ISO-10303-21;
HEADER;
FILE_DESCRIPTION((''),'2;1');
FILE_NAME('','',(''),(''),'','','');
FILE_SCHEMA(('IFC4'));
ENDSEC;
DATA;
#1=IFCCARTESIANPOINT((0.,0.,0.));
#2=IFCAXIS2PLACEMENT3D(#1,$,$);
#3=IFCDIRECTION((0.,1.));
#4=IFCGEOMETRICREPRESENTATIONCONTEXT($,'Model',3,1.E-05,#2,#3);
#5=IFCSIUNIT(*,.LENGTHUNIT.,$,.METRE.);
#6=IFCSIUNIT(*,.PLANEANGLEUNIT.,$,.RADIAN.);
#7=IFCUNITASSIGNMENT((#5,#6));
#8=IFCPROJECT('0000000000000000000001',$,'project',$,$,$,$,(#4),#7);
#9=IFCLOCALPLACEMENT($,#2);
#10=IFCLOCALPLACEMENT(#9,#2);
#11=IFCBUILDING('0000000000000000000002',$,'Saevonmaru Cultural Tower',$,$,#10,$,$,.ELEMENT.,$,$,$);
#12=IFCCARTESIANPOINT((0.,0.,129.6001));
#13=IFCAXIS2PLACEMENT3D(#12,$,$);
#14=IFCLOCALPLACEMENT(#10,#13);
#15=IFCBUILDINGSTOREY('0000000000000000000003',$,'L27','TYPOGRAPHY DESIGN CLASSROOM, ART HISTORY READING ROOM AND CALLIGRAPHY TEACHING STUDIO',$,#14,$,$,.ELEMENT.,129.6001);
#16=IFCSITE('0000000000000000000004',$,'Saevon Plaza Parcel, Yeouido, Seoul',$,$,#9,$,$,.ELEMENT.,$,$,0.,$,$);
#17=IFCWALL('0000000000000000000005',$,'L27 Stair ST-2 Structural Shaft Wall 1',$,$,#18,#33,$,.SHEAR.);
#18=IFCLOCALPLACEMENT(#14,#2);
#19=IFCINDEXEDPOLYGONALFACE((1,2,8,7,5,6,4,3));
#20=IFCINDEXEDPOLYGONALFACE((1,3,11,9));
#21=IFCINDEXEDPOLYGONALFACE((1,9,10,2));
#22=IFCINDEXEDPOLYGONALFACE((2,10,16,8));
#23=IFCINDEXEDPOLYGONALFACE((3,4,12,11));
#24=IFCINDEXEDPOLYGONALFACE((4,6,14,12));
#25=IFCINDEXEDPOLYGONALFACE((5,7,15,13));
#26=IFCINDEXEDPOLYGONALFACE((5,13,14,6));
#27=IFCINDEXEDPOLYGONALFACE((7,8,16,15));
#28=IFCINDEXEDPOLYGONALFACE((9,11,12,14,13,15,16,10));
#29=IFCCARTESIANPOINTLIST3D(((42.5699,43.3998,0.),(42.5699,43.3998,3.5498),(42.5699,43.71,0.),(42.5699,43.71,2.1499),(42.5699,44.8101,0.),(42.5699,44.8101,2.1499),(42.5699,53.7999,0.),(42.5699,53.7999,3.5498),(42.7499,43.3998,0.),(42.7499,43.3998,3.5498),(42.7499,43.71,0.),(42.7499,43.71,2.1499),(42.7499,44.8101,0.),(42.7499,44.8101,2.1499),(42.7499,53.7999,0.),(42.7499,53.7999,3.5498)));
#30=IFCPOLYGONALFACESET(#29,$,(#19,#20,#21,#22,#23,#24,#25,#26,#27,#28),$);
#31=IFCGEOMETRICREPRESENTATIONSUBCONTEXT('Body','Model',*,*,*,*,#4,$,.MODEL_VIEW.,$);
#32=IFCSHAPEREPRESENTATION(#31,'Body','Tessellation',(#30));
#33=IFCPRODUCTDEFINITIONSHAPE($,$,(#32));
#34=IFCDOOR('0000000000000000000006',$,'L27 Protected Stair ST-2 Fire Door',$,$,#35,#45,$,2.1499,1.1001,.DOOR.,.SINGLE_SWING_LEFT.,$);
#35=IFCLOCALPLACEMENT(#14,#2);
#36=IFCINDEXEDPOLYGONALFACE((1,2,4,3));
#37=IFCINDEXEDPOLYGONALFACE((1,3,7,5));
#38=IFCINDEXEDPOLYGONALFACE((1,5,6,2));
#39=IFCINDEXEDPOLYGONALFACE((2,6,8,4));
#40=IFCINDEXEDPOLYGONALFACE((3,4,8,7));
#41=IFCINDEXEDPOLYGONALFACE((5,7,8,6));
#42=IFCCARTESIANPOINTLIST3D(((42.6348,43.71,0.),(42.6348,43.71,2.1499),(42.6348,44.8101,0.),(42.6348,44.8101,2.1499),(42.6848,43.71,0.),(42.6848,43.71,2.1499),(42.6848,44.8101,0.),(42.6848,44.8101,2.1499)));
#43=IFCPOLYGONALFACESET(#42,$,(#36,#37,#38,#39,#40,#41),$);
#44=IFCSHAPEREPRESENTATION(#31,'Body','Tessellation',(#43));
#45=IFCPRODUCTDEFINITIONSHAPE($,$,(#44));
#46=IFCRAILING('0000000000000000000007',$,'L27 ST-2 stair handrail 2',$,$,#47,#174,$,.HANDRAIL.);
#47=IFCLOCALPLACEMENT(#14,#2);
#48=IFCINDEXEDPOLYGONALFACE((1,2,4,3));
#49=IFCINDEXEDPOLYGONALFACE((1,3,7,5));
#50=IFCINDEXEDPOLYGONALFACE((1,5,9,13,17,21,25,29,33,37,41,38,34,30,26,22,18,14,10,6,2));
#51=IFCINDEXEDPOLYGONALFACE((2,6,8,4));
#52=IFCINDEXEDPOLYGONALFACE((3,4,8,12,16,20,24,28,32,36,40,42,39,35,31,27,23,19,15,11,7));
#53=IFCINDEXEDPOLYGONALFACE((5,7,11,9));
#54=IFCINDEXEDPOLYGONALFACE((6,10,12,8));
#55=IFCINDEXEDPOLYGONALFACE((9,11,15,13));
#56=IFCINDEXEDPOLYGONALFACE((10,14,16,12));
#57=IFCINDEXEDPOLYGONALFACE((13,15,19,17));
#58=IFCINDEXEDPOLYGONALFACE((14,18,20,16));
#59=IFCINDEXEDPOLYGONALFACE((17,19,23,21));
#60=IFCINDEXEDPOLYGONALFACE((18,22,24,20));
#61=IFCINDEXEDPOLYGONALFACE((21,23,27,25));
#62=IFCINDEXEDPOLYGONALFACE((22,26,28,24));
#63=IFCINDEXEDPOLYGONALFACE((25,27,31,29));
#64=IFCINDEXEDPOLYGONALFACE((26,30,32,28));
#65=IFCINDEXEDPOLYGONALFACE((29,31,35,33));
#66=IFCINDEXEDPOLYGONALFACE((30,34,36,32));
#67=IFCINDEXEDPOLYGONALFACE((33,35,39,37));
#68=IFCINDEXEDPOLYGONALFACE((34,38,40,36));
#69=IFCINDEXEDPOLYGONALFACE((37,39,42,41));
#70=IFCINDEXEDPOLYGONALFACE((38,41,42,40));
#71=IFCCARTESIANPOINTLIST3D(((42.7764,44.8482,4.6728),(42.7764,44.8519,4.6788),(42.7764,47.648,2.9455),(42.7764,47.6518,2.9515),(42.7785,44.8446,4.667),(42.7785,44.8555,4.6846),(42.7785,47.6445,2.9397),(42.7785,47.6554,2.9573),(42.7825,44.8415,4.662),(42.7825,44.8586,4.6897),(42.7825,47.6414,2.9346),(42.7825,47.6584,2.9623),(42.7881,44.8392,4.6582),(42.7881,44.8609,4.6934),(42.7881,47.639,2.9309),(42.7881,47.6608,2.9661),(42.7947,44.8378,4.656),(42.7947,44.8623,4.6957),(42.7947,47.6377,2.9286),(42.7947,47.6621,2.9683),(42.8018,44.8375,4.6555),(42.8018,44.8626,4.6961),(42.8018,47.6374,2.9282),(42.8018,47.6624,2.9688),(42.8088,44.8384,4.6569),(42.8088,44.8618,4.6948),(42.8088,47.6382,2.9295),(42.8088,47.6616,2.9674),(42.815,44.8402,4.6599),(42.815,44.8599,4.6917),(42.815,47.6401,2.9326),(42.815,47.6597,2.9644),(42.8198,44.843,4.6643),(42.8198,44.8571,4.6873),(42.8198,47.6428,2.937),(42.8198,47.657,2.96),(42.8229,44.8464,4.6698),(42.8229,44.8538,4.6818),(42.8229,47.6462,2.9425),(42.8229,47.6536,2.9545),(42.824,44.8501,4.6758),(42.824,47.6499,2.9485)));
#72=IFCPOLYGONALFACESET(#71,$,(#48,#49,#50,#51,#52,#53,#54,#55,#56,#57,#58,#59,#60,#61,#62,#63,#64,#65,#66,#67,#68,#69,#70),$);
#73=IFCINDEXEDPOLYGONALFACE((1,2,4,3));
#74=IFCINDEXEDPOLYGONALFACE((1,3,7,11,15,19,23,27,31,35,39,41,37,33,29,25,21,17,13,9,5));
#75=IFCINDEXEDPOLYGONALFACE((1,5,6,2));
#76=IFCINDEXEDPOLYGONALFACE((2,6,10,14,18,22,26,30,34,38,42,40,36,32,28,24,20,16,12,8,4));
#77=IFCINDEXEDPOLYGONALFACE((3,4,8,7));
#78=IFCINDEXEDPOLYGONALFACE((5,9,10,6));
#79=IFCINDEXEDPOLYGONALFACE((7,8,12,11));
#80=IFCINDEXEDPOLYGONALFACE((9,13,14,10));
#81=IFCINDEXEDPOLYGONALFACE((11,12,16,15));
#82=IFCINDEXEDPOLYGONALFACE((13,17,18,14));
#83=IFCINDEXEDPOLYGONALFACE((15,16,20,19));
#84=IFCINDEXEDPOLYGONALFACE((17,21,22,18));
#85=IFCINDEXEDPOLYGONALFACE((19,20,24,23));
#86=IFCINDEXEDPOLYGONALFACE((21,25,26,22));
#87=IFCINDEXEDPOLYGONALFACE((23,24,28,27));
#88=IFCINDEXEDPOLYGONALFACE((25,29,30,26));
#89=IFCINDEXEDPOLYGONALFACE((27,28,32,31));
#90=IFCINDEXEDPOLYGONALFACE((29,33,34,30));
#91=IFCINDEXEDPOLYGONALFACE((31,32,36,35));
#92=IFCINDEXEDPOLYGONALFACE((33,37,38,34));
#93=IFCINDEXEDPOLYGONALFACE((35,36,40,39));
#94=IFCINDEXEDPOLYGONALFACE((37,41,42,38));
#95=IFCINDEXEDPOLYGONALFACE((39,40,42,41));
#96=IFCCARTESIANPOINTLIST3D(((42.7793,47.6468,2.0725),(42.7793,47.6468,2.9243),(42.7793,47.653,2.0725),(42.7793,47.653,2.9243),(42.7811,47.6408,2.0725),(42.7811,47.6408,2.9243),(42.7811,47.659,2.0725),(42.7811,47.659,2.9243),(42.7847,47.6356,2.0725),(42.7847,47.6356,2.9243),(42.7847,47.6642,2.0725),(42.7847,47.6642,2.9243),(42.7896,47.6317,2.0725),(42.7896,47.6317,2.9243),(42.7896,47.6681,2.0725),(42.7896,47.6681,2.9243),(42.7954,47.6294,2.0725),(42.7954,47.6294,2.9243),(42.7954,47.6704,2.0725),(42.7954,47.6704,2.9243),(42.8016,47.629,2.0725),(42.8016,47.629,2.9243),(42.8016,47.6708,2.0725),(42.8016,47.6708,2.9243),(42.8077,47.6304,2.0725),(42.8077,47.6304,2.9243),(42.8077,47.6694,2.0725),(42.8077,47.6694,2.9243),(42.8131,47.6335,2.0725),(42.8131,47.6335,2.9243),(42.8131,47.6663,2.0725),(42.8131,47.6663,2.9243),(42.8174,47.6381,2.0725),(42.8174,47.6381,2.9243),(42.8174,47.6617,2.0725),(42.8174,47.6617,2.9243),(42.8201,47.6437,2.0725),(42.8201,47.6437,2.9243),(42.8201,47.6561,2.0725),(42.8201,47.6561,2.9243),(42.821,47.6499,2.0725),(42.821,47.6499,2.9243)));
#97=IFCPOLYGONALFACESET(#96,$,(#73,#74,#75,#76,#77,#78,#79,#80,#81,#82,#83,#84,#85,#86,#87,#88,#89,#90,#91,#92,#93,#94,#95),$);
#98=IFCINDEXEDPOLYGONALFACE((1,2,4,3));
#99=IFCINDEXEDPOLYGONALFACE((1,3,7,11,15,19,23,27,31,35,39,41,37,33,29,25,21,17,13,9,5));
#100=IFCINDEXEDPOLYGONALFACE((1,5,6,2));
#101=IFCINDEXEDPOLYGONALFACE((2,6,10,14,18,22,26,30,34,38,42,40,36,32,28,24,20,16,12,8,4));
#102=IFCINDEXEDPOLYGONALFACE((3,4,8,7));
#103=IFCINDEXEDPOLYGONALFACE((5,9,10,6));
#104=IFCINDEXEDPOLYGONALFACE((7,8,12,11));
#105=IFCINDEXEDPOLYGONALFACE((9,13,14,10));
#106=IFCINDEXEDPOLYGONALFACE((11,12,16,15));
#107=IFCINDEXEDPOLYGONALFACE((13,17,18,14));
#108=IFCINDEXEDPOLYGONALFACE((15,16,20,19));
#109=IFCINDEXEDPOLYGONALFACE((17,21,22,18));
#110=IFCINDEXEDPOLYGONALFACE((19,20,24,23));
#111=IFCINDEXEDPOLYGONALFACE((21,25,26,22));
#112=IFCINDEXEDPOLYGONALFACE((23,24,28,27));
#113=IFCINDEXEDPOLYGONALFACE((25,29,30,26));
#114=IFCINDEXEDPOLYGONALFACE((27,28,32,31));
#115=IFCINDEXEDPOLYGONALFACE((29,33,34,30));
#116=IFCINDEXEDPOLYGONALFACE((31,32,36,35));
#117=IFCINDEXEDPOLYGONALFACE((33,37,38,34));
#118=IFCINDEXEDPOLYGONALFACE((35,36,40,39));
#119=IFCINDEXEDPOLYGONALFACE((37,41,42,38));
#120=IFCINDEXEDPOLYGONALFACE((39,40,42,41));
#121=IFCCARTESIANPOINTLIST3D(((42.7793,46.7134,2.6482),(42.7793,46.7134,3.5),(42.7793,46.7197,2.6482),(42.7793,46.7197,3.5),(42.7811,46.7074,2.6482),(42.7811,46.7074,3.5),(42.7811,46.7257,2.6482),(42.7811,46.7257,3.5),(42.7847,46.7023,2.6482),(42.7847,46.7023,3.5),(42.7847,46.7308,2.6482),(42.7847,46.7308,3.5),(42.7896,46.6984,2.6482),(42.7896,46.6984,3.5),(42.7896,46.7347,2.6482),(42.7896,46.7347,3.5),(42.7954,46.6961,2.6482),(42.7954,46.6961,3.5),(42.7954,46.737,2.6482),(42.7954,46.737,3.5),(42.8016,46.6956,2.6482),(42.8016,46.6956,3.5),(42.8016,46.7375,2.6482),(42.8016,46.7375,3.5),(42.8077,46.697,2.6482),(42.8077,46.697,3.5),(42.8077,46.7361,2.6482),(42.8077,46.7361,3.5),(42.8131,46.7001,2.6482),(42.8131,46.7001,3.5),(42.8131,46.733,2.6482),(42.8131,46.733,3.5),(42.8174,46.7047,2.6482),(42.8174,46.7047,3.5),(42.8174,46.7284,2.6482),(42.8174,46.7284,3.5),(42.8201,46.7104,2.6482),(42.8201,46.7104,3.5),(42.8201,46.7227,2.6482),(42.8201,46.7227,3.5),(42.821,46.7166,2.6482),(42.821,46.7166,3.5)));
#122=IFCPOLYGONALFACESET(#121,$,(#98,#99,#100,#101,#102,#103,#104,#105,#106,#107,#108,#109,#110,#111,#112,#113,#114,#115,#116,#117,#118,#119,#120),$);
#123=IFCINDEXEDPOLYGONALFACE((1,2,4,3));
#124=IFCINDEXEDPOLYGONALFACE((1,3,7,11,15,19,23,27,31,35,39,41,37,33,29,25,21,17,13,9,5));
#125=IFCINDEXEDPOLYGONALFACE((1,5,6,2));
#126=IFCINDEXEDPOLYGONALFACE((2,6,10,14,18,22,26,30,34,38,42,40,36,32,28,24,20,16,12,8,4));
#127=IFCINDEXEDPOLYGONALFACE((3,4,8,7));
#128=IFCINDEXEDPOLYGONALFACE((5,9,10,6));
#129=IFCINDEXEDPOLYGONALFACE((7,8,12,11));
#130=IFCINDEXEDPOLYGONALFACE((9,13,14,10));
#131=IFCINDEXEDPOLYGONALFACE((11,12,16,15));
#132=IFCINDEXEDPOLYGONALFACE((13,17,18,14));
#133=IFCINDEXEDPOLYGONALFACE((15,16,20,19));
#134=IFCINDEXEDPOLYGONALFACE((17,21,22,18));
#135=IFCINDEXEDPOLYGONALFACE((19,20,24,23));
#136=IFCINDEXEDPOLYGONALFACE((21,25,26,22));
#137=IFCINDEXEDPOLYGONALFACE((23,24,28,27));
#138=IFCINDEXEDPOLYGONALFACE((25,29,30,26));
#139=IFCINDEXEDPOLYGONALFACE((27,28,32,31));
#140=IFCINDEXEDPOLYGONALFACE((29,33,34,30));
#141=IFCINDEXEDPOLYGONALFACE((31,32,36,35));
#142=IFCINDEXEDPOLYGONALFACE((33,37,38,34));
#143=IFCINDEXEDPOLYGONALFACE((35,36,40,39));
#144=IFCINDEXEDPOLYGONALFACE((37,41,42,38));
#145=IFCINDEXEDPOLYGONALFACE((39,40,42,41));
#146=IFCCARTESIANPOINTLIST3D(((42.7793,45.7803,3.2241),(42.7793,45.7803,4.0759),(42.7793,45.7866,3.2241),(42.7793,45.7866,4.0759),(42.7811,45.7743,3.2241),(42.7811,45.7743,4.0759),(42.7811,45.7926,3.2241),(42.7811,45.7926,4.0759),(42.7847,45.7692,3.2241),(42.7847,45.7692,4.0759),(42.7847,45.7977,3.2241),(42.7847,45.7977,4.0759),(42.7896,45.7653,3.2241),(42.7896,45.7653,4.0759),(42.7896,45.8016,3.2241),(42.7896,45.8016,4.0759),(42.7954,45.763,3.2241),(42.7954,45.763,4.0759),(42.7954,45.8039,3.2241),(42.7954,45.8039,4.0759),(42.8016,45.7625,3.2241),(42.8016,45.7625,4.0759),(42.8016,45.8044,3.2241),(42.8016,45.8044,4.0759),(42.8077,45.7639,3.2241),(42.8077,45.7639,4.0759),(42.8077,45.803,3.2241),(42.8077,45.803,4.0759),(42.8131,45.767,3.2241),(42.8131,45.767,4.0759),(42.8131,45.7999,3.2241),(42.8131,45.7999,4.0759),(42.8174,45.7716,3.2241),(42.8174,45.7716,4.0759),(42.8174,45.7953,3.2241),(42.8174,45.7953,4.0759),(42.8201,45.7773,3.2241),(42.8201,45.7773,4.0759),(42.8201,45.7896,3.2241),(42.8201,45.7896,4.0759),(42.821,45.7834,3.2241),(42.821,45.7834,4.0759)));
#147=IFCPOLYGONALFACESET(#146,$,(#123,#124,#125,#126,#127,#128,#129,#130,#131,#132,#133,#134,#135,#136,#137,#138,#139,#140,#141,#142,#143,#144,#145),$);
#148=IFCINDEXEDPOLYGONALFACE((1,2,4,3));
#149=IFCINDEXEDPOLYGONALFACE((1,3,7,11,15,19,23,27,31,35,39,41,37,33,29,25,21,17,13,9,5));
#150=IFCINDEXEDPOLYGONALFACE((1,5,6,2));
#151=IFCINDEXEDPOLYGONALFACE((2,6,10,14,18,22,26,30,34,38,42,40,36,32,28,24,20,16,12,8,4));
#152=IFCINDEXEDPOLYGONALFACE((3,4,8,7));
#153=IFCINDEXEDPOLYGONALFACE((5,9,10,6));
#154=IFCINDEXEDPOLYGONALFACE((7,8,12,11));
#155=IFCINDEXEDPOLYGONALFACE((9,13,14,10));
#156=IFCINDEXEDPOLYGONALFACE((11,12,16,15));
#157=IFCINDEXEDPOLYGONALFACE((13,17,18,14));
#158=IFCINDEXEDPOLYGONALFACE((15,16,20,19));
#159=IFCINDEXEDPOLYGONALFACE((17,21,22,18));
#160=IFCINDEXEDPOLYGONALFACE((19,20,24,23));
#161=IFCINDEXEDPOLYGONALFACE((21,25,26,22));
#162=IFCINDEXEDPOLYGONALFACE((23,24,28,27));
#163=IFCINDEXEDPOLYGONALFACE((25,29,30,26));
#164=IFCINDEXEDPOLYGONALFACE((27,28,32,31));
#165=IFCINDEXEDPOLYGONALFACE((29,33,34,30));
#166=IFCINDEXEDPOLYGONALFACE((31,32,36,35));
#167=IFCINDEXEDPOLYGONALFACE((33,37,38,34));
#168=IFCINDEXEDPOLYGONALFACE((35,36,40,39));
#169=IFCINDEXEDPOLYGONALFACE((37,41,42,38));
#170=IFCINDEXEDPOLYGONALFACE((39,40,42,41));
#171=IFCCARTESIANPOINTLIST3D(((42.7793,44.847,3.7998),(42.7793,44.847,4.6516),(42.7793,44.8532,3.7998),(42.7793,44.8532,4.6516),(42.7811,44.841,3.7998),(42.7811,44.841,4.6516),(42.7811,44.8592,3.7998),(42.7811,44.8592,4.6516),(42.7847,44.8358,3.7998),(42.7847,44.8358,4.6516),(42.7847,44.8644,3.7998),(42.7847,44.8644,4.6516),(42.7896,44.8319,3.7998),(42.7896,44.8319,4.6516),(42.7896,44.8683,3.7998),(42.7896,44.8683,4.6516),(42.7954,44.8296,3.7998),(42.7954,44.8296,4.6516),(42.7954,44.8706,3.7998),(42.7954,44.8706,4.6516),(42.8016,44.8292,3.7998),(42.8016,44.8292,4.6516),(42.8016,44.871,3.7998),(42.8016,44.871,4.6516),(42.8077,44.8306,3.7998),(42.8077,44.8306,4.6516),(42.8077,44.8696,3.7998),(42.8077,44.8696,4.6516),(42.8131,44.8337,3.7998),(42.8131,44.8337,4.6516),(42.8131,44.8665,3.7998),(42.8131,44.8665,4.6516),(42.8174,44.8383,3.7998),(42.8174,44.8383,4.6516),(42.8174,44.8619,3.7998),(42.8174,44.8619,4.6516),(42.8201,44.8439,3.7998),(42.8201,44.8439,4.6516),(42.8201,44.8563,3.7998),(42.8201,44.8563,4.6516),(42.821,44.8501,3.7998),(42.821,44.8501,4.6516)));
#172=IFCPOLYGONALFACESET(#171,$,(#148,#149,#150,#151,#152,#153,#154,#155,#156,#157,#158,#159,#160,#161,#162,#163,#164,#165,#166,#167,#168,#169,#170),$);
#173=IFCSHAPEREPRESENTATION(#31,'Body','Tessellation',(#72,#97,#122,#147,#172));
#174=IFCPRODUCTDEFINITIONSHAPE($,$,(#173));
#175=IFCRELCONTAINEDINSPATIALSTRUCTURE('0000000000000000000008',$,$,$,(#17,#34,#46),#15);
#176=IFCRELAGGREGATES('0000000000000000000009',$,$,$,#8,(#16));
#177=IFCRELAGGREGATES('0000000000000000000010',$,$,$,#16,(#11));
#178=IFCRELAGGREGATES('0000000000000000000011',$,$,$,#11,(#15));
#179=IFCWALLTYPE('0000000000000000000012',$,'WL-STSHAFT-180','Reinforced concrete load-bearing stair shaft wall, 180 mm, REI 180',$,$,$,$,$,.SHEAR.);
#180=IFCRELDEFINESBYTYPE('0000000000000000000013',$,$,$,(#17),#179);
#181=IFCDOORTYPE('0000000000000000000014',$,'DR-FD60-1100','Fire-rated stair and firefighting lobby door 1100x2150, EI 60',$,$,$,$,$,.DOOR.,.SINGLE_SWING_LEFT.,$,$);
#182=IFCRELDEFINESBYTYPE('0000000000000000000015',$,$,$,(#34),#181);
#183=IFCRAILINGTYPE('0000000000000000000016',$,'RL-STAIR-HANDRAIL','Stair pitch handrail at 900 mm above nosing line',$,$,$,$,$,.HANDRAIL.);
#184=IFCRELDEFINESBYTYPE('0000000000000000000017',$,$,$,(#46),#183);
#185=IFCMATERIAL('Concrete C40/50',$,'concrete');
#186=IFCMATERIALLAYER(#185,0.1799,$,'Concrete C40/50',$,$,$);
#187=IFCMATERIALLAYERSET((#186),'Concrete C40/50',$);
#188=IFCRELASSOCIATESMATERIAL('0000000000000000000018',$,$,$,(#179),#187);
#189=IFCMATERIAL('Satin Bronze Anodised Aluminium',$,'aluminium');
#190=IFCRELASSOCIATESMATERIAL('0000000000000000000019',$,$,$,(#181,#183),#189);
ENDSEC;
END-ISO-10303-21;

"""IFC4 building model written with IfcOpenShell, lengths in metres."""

from ifc_helpers import new_model, si_unit, direction, frame, frame_2d, origin, origin_2d, place, context, subcontext, project, spatial, rectangle, circle, extrude, material, layer, layer_set, type_object, element, fill, save


model = new_model("IFC4")

# Units and contexts
model_context = context("Model", 3, precision=1e-05, world=origin(), true_north=direction((0.0, 1.0)))
body_context = subcontext(model_context, "Body", "Model", "MODEL_VIEW")
ifc_project = project(units=[si_unit("LENGTHUNIT", "METRE"), si_unit("PLANEANGLEUNIT", "RADIAN")], contexts=[model_context])

# Site, building, storey
site_placement = place(None, origin())
site = spatial("IfcSite", under=ifc_project, at=site_placement, Name="Saevon Plaza Parcel, Yeouido, Seoul", CompositionType="ELEMENT", RefElevation=0.0)
building_placement = place(site_placement, origin())
building = spatial("IfcBuilding", under=site, at=building_placement, Name="Saevonmaru Cultural Tower", CompositionType="ELEMENT")
storey_placement = place(building_placement, frame((0.0, 0.0, 129.6001)))
storey = spatial("IfcBuildingStorey", under=building, at=storey_placement, Name="L27", Description="TYPOGRAPHY DESIGN CLASSROOM, ART HISTORY READING ROOM AND CALLIGRAPHY TEACHING STUDIO", CompositionType="ELEMENT", Elevation=129.6001)

# Shared definitions
ifc_material_1 = material(Name="Satin Bronze Anodised Aluminium", Category="aluminium")

# Shared definitions
ifc_material_2 = material(Name="Concrete C40/50", Category="concrete")

# Wall, opening, door
ifc_layer_1 = layer(ifc_material_2, 0.1799, Name="Concrete C40/50")
ifc_layer_set_1 = layer_set([ifc_layer_1], Name="Concrete C40/50")
wall_type_1 = type_object("IfcWallType", Name="WL-STSHAFT-180", Description="Reinforced concrete load-bearing stair shaft wall, 180 mm, REI 180", PredefinedType="SHEAR", material=ifc_layer_set_1)
wall_1_placement = place(storey_placement, frame((42.6599, 53.8, 0.0), z_axis=(0.0, 0.0, 1.0), x_axis=(0.0, -1.0, 0.0)))
wall_1 = element("IfcWall", 1, at=wall_1_placement, inside=storey, type_object=wall_type_1, Name="L27 Stair ST-2 Structural Shaft Wall 1", PredefinedType="SHEAR", context=body_context, shape_type="SweptSolid", body=[
    extrude(rectangle(XDim=10.4001, YDim=0.1799, at=frame_2d((5.2002, 0.0))), origin(), (0.0, 0.0, 1.0), 3.5498),
])
opening_1_placement = place(wall_1_placement, frame((8.99, 0.0, 0.0)))
opening_1 = element("IfcOpeningElement", 2, at=opening_1_placement, cuts=wall_1, PredefinedType="OPENING", context=body_context, shape_type="SweptSolid", body=[
    extrude(rectangle(XDim=1.1001, YDim=2.1499, at=frame_2d((0.55, 1.075))), frame((0.0, 0.1001, 0.0), z_axis=(0.0, -1.0, 0.0), x_axis=(1.0, 0.0, 0.0)), (0.0, 0.0, 1.0), 0.2),
])
door_type_1 = type_object("IfcDoorType", Name="DR-FD60-1100", Description="Fire-rated stair and firefighting lobby door 1100x2150, EI 60", OperationType="SINGLE_SWING_LEFT", PredefinedType="DOOR", material=ifc_material_1)
door_1_placement = place(opening_1_placement, origin())
door_1 = element("IfcDoor", 3, at=door_1_placement, inside=storey, type_object=door_type_1, Name="L27 Protected Stair ST-2 Fire Door", OperationType="SINGLE_SWING_LEFT", OverallHeight=2.1499, OverallWidth=1.1001, PredefinedType="DOOR", context=body_context, shape_type="SweptSolid", body=[
    extrude(rectangle(XDim=1.1001, YDim=2.1499, at=frame_2d((0.55, 1.075))), frame((0.0, 0.0249, 0.0), z_axis=(0.0, -1.0, 0.0), x_axis=(1.0, 0.0, 0.0)), (0.0, 0.0, 1.0), 0.05),
])
fill(opening_1, door_1)

# Railing
railing_type = type_object("IfcRailingType", Name="RL-STAIR-HANDRAIL", Description="Stair pitch handrail at 900 mm above nosing line", PredefinedType="HANDRAIL", material=ifc_material_1)
railing_placement = place(storey_placement, frame((42.8, 47.6499, 2.0725)))
element("IfcRailing", 4, at=railing_placement, inside=storey, type_object=railing_type, Name="L27 ST-2 stair handrail 2", PredefinedType="HANDRAIL", context=body_context, shape_type="SweptSolid", body=[
    extrude(circle(Radius=0.0239, at=origin_2d()), frame((0.0, 0.0, 0.876), z_axis=(0.0, -0.851069, 0.525054), x_axis=(1.0, 0.0, 0.0)), (0.0, 0.0, 1.0), 3.2898),
    extrude(circle(Radius=0.021, at=origin_2d()), origin(), (0.0, 0.0, 1.0), 0.8518),
    extrude(circle(Radius=0.021, at=origin_2d()), frame((0.0, -0.9333, 0.5757)), (0.0, 0.0, 1.0), 0.8518),
    extrude(circle(Radius=0.021, at=origin_2d()), frame((0.0, -1.8665, 1.1516)), (0.0, 0.0, 1.0), 0.8518),
    extrude(circle(Radius=0.021, at=origin_2d()), frame((0.0, -2.7998, 1.7273)), (0.0, 0.0, 1.0), 0.8518),
])

save(model, "model.ifc")
